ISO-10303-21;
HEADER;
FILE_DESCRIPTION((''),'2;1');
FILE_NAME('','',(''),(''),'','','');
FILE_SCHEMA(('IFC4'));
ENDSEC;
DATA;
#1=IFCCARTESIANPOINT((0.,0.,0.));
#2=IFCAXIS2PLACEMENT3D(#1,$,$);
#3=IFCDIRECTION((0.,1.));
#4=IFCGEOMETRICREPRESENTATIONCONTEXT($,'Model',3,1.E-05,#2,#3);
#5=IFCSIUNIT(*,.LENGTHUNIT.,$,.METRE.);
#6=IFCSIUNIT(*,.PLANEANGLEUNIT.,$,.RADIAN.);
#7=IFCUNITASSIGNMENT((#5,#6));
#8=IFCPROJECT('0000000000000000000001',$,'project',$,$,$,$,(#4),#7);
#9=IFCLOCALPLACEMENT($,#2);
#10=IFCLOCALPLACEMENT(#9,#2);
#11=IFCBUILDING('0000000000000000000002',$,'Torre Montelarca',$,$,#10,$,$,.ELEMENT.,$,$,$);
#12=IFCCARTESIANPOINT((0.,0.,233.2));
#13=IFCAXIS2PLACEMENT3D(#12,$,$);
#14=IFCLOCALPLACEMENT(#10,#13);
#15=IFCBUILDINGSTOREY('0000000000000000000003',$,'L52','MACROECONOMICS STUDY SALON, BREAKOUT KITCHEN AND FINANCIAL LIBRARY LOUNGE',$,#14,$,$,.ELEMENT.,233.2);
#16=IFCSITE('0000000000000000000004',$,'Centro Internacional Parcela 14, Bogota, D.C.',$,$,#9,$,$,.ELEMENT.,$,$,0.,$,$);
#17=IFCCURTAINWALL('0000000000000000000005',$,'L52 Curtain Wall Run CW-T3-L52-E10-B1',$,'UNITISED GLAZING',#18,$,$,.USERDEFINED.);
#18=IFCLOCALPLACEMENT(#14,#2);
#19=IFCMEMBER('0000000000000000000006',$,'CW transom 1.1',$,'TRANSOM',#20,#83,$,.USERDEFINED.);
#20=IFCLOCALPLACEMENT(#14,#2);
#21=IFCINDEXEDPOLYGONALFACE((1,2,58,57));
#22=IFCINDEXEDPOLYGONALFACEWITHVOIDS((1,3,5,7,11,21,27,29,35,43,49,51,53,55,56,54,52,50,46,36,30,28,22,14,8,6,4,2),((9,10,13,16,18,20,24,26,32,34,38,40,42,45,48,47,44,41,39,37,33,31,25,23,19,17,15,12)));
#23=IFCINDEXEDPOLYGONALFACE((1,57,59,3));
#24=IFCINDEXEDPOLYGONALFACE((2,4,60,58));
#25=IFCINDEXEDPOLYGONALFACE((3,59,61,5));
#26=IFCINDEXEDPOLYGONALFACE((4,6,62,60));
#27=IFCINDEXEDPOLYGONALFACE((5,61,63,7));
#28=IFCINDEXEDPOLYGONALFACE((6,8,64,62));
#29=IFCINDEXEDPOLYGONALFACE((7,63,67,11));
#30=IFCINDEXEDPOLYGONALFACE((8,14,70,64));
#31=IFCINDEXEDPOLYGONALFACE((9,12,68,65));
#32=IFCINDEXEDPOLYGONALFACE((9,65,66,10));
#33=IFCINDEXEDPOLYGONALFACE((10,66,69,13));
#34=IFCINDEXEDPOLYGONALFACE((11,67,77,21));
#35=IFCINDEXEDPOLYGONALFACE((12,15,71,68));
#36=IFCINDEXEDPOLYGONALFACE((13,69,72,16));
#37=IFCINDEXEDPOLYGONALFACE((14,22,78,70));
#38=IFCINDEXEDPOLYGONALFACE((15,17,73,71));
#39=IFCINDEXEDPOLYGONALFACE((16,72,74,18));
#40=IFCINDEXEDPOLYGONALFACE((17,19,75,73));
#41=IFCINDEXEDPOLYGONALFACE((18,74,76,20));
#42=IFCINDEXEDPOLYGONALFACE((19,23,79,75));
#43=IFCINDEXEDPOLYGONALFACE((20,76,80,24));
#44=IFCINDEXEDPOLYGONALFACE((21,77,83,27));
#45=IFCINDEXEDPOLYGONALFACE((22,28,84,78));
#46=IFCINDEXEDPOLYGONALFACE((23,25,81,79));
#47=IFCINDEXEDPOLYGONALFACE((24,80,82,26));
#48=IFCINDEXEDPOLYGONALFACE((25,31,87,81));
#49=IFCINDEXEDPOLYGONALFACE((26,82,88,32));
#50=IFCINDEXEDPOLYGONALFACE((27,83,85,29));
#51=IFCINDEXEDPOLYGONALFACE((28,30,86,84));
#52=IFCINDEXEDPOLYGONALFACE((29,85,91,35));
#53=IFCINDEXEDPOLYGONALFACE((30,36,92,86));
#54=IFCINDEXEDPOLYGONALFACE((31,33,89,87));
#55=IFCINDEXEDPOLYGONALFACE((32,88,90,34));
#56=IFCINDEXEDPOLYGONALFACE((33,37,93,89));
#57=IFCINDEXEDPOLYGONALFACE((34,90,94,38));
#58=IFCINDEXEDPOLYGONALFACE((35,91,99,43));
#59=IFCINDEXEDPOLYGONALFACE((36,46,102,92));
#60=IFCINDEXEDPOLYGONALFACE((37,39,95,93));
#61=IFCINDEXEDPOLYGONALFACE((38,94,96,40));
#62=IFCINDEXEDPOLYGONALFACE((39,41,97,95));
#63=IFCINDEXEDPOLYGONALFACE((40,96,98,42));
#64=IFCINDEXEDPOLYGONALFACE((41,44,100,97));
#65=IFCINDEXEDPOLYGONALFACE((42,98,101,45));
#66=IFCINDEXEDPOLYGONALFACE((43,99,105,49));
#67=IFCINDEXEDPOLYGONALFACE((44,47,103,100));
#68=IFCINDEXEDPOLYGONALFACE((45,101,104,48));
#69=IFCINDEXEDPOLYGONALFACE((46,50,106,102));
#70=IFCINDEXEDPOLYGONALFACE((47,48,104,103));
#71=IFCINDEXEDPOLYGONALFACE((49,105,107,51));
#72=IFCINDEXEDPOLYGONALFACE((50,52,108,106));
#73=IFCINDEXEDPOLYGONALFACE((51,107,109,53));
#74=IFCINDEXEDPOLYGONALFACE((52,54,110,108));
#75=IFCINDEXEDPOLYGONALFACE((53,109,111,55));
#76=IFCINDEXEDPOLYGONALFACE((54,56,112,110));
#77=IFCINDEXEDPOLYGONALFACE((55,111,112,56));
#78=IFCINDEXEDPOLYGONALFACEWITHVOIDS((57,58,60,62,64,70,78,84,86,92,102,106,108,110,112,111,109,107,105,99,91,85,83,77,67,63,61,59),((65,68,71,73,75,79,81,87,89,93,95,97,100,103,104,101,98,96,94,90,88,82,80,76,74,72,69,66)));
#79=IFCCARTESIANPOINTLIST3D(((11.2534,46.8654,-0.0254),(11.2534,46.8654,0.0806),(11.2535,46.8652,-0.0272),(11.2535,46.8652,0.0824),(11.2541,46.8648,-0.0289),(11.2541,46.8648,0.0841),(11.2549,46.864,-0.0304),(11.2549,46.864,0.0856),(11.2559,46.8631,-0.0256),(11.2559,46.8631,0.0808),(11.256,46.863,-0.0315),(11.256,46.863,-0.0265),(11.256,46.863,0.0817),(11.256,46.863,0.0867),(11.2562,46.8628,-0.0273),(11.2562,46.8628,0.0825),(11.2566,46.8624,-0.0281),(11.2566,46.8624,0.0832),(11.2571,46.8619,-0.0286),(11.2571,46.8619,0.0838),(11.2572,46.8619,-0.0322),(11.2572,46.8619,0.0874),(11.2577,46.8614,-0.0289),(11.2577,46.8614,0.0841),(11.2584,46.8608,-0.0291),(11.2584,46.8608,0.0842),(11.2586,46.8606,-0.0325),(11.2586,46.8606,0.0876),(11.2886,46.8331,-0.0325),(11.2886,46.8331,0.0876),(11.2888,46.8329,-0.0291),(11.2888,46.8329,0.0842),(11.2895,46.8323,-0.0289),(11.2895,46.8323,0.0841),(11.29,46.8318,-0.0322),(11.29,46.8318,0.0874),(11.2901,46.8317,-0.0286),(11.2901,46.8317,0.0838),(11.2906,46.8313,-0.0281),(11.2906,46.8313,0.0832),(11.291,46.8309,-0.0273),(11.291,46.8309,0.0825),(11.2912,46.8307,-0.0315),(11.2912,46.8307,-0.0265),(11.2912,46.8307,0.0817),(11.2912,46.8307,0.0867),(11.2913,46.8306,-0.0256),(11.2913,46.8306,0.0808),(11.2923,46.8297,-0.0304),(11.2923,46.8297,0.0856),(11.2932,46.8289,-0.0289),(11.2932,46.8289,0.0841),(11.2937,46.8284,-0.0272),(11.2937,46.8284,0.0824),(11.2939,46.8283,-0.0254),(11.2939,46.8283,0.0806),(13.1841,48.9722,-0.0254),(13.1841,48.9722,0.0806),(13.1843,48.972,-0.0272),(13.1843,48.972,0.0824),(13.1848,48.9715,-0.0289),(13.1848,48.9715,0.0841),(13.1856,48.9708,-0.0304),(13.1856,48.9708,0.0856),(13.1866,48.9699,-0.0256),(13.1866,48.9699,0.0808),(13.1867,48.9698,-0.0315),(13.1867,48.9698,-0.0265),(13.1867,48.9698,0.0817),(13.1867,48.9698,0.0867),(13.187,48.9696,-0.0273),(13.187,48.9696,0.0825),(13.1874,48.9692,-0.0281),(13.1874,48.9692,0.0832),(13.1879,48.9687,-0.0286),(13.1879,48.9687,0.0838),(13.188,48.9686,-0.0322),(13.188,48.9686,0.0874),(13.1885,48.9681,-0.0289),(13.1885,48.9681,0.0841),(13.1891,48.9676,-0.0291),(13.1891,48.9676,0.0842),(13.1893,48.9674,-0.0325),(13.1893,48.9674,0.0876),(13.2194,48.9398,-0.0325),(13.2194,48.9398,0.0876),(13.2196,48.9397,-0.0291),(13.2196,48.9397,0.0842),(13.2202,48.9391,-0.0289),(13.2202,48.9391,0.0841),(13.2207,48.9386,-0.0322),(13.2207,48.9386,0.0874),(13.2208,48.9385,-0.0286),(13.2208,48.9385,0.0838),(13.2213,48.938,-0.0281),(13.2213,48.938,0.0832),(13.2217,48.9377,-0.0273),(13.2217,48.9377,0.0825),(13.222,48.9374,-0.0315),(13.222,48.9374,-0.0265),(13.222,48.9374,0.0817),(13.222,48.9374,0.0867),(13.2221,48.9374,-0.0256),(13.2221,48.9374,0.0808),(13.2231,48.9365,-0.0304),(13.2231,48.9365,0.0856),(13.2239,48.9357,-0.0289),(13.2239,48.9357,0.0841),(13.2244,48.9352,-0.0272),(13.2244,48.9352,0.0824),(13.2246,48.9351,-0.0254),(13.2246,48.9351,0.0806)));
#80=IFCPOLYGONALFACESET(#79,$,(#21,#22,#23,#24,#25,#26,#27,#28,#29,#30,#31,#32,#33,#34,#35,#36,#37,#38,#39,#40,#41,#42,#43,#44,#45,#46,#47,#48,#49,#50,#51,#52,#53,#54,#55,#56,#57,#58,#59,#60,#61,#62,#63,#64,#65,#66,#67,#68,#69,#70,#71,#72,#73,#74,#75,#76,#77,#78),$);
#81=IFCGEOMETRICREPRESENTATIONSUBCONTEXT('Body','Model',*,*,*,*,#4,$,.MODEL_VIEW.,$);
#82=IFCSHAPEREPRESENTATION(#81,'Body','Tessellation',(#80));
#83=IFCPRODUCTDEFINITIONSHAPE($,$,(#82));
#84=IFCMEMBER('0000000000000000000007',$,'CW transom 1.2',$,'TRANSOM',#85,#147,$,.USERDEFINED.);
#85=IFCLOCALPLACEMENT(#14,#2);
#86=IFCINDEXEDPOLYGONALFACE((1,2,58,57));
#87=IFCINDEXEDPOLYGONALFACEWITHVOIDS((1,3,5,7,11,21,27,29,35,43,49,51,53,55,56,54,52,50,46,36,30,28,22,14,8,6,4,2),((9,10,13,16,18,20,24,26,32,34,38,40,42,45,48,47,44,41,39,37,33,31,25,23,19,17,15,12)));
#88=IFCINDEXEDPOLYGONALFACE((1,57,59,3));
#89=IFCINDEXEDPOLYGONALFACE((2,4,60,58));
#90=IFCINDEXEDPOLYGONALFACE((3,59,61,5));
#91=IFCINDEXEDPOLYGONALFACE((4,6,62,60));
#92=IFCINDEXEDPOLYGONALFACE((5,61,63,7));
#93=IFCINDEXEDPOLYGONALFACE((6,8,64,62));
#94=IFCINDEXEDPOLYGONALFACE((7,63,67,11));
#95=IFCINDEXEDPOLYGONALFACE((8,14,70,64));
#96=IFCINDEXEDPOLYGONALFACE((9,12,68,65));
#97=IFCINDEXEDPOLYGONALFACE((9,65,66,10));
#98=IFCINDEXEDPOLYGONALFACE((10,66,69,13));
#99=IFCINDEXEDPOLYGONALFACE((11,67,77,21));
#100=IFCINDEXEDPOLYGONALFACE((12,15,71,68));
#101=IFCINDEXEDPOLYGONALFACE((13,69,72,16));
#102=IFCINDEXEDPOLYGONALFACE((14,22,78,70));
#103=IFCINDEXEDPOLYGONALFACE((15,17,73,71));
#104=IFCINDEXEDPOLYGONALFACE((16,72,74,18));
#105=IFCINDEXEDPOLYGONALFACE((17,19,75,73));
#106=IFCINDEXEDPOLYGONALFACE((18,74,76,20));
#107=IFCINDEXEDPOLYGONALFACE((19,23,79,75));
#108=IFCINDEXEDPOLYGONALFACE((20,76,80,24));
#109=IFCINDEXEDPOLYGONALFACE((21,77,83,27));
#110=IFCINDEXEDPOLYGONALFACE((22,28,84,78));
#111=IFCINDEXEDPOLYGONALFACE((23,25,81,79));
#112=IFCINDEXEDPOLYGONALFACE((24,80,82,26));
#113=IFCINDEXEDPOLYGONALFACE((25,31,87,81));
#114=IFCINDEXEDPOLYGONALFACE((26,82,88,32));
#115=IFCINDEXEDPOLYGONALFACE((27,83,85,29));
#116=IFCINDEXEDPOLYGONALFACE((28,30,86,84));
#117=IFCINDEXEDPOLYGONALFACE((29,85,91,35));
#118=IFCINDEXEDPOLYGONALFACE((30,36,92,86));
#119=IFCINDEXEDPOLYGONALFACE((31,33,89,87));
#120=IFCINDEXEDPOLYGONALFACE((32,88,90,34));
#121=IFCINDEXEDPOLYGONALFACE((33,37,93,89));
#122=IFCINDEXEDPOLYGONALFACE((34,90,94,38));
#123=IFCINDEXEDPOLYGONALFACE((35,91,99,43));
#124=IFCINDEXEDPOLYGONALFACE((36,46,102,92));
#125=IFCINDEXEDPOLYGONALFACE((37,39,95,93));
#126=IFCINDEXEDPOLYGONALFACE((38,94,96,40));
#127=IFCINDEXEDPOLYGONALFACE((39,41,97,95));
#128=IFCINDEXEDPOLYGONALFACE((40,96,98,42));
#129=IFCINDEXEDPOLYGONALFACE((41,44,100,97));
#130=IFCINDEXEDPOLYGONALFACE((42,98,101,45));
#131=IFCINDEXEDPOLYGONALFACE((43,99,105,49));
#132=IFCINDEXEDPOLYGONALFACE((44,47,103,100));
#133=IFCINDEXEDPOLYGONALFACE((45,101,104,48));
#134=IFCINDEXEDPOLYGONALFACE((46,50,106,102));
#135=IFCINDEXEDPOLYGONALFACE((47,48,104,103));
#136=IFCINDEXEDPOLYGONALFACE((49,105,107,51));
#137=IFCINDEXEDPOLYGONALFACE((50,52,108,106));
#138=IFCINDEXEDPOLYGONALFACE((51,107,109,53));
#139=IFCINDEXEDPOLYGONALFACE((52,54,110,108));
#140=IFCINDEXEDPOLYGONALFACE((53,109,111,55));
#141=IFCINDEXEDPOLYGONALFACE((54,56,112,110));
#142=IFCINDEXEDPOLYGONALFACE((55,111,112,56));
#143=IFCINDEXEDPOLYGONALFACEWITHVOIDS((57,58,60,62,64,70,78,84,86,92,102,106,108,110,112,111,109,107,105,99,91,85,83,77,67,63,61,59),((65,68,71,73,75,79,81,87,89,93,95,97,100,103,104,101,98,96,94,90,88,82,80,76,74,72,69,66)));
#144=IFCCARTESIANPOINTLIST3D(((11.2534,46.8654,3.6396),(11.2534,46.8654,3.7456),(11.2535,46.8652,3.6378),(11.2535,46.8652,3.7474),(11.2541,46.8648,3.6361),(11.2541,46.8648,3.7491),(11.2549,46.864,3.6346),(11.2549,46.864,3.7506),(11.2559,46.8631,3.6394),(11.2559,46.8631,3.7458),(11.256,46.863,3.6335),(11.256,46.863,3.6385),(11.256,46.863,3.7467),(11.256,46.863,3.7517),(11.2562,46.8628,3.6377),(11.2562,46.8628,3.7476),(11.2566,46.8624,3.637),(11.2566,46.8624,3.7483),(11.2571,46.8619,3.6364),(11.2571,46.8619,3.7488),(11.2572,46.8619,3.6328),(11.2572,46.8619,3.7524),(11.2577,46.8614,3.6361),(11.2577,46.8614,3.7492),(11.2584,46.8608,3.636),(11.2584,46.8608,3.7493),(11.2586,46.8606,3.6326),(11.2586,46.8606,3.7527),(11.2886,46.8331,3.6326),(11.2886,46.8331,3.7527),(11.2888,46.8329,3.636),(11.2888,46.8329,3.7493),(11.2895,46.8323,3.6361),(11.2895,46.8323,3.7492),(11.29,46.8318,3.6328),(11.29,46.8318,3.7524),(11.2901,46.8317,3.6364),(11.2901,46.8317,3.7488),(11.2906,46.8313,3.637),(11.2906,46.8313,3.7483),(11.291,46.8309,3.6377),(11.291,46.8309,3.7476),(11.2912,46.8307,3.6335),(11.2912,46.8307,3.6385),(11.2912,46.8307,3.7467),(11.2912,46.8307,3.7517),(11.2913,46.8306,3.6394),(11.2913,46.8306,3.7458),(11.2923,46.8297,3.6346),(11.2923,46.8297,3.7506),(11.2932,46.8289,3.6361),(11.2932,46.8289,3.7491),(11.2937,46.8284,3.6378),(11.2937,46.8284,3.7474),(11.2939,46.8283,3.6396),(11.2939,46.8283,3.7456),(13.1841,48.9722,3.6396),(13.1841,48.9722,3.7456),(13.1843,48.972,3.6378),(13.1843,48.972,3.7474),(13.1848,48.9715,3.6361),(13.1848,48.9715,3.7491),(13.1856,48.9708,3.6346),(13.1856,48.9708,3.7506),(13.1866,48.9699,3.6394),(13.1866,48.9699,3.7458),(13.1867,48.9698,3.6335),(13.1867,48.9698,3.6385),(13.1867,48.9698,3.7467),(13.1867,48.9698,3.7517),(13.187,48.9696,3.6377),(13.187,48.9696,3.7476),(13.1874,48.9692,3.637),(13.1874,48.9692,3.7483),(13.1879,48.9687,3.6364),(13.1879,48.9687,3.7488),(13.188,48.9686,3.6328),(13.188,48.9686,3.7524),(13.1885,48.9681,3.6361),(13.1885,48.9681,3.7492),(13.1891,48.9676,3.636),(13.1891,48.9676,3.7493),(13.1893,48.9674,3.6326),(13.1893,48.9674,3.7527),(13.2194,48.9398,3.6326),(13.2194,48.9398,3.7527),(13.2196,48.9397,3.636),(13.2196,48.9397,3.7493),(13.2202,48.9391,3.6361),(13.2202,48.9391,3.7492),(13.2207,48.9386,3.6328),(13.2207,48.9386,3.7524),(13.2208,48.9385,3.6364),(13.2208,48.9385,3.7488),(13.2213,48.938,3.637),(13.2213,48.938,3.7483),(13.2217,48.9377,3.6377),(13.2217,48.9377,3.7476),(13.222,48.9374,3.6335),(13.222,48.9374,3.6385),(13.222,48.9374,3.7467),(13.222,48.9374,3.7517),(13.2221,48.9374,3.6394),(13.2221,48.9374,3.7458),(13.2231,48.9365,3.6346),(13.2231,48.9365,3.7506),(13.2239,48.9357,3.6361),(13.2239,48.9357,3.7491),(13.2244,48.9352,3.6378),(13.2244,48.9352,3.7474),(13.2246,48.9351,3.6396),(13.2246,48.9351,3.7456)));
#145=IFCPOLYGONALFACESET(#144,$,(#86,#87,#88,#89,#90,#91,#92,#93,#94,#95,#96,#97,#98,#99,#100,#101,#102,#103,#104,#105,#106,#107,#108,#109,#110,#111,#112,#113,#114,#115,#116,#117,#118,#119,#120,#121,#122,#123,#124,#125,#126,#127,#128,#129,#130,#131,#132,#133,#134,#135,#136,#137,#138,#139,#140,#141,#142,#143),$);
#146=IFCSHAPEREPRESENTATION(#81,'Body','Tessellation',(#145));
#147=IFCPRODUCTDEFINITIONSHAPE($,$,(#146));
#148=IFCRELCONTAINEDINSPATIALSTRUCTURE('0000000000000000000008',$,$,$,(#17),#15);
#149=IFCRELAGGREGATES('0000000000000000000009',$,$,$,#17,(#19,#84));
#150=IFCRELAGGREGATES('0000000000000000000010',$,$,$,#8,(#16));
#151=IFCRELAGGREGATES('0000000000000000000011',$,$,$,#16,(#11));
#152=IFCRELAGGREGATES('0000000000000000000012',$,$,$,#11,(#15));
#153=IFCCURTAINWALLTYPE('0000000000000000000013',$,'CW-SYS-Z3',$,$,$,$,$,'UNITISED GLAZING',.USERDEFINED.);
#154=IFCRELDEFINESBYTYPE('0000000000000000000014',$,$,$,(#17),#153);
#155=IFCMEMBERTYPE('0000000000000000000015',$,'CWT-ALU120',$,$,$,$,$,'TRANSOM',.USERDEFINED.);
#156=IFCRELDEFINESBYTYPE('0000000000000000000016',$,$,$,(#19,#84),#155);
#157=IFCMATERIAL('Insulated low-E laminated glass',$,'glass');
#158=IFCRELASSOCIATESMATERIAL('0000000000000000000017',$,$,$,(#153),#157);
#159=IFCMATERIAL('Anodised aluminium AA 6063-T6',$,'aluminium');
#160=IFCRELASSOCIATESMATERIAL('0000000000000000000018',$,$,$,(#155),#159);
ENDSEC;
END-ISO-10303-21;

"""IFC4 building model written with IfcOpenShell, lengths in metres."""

from ifc_helpers import new_model, si_unit, direction, frame, origin, origin_2d, place, context, subcontext, project, spatial, hollow_rectangle, extrude, source, transform, mapped, material, material_profile, profile_set, type_object, element, aggregate, save


model = new_model("IFC4")

# Units and contexts
model_context = context("Model", 3, precision=1e-05, world=origin(), true_north=direction((0.0, 1.0)))
body_context = subcontext(model_context, "Body", "Model", "MODEL_VIEW")
ifc_project = project(units=[si_unit("LENGTHUNIT", "METRE"), si_unit("PLANEANGLEUNIT", "RADIAN")], contexts=[model_context])

# Site, building, storey
site_placement = place(None, origin())
site = spatial("IfcSite", under=ifc_project, at=site_placement, Name="Centro Internacional Parcela 14, Bogota, D.C.", CompositionType="ELEMENT", RefElevation=0.0)
building_placement = place(site_placement, origin())
building = spatial("IfcBuilding", under=site, at=building_placement, Name="Torre Montelarca", CompositionType="ELEMENT")
storey_placement = place(building_placement, frame((0.0, 0.0, 233.2)))
storey = spatial("IfcBuildingStorey", under=building, at=storey_placement, Name="L52", Description="MACROECONOMICS STUDY SALON, BREAKOUT KITCHEN AND FINANCIAL LIBRARY LOUNGE", CompositionType="ELEMENT", Elevation=233.2)

# Shared definitions
ifc_material_1 = material(Name="Insulated low-E laminated glass", Category="glass")
curtain_wall_type = type_object("IfcCurtainWallType", Name="CW-SYS-Z3", ElementType="UNITISED GLAZING", PredefinedType="USERDEFINED", material=ifc_material_1)
ifc_material_2 = material(Name="Anodised aluminium AA 6063-T6", Category="aluminium")

# Curtain wall
curtain_wall_1_placement = place(storey_placement, origin())
curtain_wall_1 = element("IfcCurtainWall", 1, at=curtain_wall_1_placement, inside=storey, type_object=curtain_wall_type, Name="L52 Curtain Wall Run CW-T3-L52-E10-B1", ObjectType="UNITISED GLAZING", PredefinedType="USERDEFINED")

# Members
ifc_material_profile_1 = material_profile(ifc_material_2, hollow_rectangle(XDim=0.0549, YDim=0.1201, WallThickness=0.0034, InnerFilletRadius=0.0034, OuterFilletRadius=0.0071, at=origin_2d()), Name="ALU55X120X3.5", Category="aluminium")
ifc_profile_set_1 = profile_set([ifc_material_profile_1], Name="Anodised aluminium AA 6063-T6")
member_type_1 = type_object("IfcMemberType", Name="CWT-ALU120", ElementType="TRANSOM", PredefinedType="USERDEFINED", material=ifc_profile_set_1)
shared_shape_1 = source(origin(), body_context, "Body", "SweptSolid", [
    extrude(hollow_rectangle(XDim=0.0549, YDim=0.1201, WallThickness=0.0034, InnerFilletRadius=0.0034, OuterFilletRadius=0.0071, at=origin_2d()), origin(), (0.0, 0.0, 1.0), 2.8577),
])
member_1_placement = place(storey_placement, frame((13.2043, 48.9536, 0.0276), z_axis=(-0.675636, -0.737236, 0.0), x_axis=(0.737236, -0.675636, 0.0)))
member_1 = element("IfcMember", 2, at=member_1_placement, type_object=member_type_1, Name="CW transom 1.1", ObjectType="TRANSOM", PredefinedType="USERDEFINED", context=body_context, shape_type="MappedRepresentation", body=[
    mapped(shared_shape_1, transform((0.0, 0.0, 0.0), scale=1.0)),
])
member_2_placement = place(storey_placement, frame((13.2043, 48.9536, 3.6926), z_axis=(-0.675636, -0.737236, 0.0), x_axis=(0.737236, -0.675636, 0.0)))
member_2 = element("IfcMember", 3, at=member_2_placement, type_object=member_type_1, Name="CW transom 1.2", ObjectType="TRANSOM", PredefinedType="USERDEFINED", context=body_context, shape_type="MappedRepresentation", body=[
    mapped(shared_shape_1, transform((0.0, 0.0, 0.0), scale=1.0)),
])

aggregate(curtain_wall_1, [member_1, member_2])

save(model, "model.ifc")
